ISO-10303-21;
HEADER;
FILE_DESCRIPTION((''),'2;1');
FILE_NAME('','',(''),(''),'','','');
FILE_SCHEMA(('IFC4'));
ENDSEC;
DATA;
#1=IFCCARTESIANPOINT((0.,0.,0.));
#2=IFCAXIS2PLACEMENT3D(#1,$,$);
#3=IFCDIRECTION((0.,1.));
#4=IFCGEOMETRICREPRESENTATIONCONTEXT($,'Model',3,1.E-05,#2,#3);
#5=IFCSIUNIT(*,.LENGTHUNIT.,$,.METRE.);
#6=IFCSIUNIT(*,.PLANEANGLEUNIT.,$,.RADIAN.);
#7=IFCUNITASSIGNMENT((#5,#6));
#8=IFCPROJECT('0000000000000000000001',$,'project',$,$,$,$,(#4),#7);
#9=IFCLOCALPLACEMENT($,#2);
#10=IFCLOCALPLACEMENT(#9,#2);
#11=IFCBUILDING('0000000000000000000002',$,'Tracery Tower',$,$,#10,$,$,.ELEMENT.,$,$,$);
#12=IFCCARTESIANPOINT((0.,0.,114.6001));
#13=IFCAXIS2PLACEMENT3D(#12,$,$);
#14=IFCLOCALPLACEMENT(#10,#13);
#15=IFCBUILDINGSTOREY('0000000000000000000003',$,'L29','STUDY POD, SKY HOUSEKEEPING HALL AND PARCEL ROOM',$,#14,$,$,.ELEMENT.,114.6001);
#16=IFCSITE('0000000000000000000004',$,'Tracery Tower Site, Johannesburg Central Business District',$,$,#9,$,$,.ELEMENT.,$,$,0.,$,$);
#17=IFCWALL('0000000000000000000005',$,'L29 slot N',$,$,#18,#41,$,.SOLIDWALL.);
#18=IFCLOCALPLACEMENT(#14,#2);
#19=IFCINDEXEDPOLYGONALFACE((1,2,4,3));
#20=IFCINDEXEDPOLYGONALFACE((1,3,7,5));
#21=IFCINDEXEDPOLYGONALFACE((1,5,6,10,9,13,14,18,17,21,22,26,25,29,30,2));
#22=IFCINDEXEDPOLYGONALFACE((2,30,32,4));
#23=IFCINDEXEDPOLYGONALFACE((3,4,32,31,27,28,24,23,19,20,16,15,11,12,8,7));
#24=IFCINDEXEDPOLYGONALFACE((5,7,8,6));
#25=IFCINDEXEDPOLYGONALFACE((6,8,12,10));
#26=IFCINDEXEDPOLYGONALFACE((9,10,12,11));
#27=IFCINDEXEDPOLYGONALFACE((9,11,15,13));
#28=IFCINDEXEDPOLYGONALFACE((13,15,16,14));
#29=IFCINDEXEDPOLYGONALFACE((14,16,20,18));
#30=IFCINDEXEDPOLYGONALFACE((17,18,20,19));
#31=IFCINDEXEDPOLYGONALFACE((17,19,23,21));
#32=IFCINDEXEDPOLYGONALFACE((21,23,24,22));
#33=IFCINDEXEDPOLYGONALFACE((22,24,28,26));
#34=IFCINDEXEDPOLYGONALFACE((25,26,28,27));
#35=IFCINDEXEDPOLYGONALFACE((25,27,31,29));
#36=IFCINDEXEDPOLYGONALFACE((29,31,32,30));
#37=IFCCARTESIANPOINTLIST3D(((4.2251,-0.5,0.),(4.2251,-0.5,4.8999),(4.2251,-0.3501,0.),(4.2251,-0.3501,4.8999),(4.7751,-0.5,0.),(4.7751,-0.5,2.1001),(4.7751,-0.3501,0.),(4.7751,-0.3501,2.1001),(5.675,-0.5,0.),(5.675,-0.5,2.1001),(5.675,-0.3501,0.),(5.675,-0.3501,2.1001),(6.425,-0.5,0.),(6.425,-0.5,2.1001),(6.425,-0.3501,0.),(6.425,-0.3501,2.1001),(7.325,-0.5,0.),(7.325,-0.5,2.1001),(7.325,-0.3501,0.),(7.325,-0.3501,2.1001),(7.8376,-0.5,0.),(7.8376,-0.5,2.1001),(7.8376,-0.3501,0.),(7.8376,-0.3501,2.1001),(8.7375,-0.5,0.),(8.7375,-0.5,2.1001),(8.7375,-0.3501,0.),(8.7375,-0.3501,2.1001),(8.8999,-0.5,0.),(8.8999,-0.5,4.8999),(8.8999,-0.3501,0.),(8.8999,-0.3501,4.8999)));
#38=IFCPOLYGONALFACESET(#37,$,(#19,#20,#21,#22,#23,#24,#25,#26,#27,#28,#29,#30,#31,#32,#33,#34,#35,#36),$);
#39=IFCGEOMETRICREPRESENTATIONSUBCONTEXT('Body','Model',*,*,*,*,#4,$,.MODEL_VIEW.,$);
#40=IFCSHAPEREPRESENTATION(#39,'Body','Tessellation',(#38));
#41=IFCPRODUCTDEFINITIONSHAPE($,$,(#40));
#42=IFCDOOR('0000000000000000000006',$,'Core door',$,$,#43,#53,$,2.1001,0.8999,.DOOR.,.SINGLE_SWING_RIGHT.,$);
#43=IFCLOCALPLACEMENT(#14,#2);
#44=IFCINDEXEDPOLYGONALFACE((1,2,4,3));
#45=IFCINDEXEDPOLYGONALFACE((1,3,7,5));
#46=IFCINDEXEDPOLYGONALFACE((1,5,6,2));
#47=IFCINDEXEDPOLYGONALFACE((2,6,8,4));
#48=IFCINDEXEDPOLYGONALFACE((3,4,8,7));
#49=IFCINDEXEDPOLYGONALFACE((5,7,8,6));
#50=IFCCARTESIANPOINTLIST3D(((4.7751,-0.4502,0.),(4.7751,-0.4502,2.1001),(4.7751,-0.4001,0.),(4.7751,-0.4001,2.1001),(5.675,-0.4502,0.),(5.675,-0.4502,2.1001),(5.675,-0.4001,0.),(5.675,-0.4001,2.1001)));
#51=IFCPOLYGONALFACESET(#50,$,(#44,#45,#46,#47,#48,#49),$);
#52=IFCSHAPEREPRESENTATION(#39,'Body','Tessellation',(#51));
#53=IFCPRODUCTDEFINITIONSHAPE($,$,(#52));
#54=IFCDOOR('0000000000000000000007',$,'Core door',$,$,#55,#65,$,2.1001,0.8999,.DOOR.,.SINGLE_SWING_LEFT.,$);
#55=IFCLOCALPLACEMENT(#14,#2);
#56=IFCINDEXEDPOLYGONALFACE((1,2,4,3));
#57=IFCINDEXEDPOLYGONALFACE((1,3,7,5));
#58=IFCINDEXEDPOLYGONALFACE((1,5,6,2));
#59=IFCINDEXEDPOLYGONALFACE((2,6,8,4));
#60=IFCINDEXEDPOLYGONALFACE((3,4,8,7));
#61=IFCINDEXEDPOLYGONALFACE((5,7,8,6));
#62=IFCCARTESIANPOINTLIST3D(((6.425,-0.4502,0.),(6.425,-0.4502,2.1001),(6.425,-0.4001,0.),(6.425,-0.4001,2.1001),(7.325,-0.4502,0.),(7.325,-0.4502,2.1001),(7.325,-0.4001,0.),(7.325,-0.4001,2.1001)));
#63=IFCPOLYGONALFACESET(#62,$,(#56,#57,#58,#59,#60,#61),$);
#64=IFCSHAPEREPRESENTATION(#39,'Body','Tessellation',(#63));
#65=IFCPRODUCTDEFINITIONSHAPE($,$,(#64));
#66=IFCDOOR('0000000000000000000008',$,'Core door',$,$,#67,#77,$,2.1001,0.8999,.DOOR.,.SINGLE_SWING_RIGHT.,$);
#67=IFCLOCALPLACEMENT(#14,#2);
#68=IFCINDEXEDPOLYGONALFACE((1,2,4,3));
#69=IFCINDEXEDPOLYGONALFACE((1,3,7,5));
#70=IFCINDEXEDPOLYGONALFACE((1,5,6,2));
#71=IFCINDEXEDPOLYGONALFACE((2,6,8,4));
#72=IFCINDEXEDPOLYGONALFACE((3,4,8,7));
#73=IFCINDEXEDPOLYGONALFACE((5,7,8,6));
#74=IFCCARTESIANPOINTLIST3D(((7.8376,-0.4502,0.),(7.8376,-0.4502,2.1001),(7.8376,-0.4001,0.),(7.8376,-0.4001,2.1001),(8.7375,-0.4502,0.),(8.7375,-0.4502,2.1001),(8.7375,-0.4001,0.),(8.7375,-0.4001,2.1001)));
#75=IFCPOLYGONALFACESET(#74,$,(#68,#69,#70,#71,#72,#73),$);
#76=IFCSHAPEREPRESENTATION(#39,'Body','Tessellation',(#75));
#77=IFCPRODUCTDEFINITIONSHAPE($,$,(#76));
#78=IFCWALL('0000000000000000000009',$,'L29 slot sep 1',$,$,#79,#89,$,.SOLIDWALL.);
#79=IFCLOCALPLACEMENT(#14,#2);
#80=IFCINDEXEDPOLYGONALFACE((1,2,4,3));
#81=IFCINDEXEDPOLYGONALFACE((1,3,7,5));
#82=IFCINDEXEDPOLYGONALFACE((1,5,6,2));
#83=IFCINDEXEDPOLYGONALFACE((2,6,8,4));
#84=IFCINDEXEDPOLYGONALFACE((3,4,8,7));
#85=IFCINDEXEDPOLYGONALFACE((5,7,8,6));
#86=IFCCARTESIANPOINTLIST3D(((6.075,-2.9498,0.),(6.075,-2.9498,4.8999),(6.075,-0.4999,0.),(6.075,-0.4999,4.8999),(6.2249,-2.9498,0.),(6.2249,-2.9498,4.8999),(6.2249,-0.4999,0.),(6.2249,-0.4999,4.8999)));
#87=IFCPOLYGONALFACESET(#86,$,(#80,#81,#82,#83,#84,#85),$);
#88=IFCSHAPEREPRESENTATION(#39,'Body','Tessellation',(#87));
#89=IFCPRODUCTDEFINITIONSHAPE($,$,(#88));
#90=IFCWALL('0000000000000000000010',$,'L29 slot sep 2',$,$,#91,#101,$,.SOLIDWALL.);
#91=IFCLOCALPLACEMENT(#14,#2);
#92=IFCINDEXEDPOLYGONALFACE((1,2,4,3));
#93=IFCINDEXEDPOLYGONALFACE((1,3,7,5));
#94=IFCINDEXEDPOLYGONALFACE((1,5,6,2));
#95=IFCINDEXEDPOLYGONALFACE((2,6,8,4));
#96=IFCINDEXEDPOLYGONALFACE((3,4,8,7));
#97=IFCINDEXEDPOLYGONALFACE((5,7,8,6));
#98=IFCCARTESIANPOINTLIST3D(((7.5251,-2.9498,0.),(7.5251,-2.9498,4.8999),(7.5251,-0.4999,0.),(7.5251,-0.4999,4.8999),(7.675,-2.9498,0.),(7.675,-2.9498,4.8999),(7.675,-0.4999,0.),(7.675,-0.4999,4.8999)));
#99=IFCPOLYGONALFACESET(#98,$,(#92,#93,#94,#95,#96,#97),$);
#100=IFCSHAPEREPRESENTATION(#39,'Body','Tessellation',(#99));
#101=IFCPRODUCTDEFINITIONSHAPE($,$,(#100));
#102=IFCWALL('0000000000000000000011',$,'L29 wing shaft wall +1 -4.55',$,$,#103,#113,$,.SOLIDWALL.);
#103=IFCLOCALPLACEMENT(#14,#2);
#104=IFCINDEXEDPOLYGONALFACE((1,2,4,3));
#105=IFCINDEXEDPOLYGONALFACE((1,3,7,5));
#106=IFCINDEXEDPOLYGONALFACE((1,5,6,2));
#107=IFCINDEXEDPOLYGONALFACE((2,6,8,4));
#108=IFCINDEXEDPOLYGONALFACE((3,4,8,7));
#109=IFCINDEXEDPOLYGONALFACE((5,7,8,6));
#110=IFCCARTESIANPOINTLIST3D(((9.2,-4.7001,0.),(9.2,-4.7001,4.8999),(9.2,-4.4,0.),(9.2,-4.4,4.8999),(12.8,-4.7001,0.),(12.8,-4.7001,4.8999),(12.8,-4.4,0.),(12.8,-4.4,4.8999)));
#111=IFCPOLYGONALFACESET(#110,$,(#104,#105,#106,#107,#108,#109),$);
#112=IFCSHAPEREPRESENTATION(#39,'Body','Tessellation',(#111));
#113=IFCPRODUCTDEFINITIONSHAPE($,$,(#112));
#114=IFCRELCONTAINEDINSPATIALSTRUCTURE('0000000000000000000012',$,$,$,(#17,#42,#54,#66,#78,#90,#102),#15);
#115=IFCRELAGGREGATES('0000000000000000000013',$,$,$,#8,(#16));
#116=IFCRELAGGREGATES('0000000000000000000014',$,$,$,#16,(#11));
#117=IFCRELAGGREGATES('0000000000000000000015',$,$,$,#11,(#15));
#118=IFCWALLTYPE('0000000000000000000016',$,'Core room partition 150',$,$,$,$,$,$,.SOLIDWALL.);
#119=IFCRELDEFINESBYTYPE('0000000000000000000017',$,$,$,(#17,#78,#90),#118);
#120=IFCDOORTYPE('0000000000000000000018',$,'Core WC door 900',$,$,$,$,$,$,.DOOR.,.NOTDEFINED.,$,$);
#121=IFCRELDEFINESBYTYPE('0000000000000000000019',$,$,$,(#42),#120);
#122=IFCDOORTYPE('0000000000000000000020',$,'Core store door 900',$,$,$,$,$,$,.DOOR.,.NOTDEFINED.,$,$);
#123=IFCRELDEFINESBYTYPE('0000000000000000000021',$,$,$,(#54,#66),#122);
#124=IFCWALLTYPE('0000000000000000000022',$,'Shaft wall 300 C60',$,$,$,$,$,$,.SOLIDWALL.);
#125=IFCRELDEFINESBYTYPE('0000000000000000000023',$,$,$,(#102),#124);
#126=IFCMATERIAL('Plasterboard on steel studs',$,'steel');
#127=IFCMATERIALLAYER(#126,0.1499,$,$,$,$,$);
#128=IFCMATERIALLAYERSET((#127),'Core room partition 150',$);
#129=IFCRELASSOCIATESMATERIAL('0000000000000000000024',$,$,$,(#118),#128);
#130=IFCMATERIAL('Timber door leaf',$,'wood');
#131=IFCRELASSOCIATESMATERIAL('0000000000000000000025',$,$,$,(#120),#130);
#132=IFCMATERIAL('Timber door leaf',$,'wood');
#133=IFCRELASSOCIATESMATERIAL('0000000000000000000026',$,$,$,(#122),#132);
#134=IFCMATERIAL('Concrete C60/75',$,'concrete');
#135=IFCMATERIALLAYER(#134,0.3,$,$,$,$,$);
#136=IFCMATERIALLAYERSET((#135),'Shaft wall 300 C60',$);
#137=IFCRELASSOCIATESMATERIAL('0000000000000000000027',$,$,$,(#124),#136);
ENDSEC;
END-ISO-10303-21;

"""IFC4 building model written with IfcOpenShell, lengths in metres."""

from ifc_helpers import new_model, si_unit, direction, frame, frame_2d, origin, place, context, subcontext, project, spatial, rectangle, extrude, material, layer, layer_set, type_object, element, fill, save


model = new_model("IFC4")

# Units and contexts
model_context = context("Model", 3, precision=1e-05, world=origin(), true_north=direction((0.0, 1.0)))
body_context = subcontext(model_context, "Body", "Model", "MODEL_VIEW")
ifc_project = project(units=[si_unit("LENGTHUNIT", "METRE"), si_unit("PLANEANGLEUNIT", "RADIAN")], contexts=[model_context])

# Site, building, storey
site_placement = place(None, origin())
site = spatial("IfcSite", under=ifc_project, at=site_placement, Name="Tracery Tower Site, Johannesburg Central Business District", CompositionType="ELEMENT", RefElevation=0.0)
building_placement = place(site_placement, origin())
building = spatial("IfcBuilding", under=site, at=building_placement, Name="Tracery Tower", CompositionType="ELEMENT")
storey_placement = place(building_placement, frame((0.0, 0.0, 114.6001)))
storey = spatial("IfcBuildingStorey", under=building, at=storey_placement, Name="L29", Description="STUDY POD, SKY HOUSEKEEPING HALL AND PARCEL ROOM", CompositionType="ELEMENT", Elevation=114.6001)

# Shared definitions
ifc_material_1 = material(Name="Plasterboard on steel studs", Category="steel")
ifc_layer_1 = layer(ifc_material_1, 0.1499)
ifc_layer_set_1 = layer_set([ifc_layer_1], Name="Core room partition 150")
wall_type_1 = type_object("IfcWallType", Name="Core room partition 150", PredefinedType="SOLIDWALL", material=ifc_layer_set_1)

# Wall, openings, doors
wall_1_placement = place(storey_placement, frame((4.2251, -0.425, 0.0), z_axis=(0.0, 0.0, 1.0), x_axis=(1.0, 0.0, 0.0)))
wall_1 = element("IfcWall", 1, at=wall_1_placement, inside=storey, type_object=wall_type_1, Name="L29 slot N", PredefinedType="SOLIDWALL", context=body_context, shape_type="SweptSolid", body=[
    extrude(rectangle(XDim=4.6748, YDim=0.1499, at=frame_2d((2.3374, 0.0))), origin(), (0.0, 0.0, 1.0), 4.8999),
])
opening_1_placement = place(wall_1_placement, frame((0.55, 0.0, 0.0)))
opening_1 = element("IfcOpeningElement", 2, at=opening_1_placement, cuts=wall_1, PredefinedType="OPENING", context=body_context, shape_type="SweptSolid", body=[
    extrude(rectangle(XDim=0.8999, YDim=2.1001, at=frame_2d((0.45, 1.05))), frame((0.0, 0.075, 0.0), z_axis=(0.0, -1.0, 0.0), x_axis=(1.0, 0.0, 0.0)), (0.0, 0.0, 1.0), 0.1499),
])
opening_2_placement = place(wall_1_placement, frame((2.2, 0.0, 0.0)))
opening_2 = element("IfcOpeningElement", 3, at=opening_2_placement, cuts=wall_1, PredefinedType="OPENING", context=body_context, shape_type="SweptSolid", body=[
    extrude(rectangle(XDim=0.8999, YDim=2.1001, at=frame_2d((0.45, 1.05))), frame((0.0, 0.075, 0.0), z_axis=(0.0, -1.0, 0.0), x_axis=(1.0, 0.0, 0.0)), (0.0, 0.0, 1.0), 0.1499),
])
opening_3_placement = place(wall_1_placement, frame((3.6125, 0.0, 0.0)))
opening_3 = element("IfcOpeningElement", 4, at=opening_3_placement, cuts=wall_1, PredefinedType="OPENING", context=body_context, shape_type="SweptSolid", body=[
    extrude(rectangle(XDim=0.8999, YDim=2.1001, at=frame_2d((0.45, 1.05))), frame((0.0, 0.075, 0.0), z_axis=(0.0, -1.0, 0.0), x_axis=(1.0, 0.0, 0.0)), (0.0, 0.0, 1.0), 0.1499),
])
ifc_material_2 = material(Name="Timber door leaf", Category="wood")
door_type_1 = type_object("IfcDoorType", Name="Core WC door 900", OperationType="NOTDEFINED", PredefinedType="DOOR", material=ifc_material_2)
door_1_placement = place(opening_1_placement, origin())
door_1 = element("IfcDoor", 5, at=door_1_placement, inside=storey, type_object=door_type_1, Name="Core door", OperationType="SINGLE_SWING_RIGHT", OverallHeight=2.1001, OverallWidth=0.8999, PredefinedType="DOOR", context=body_context, shape_type="SweptSolid", body=[
    extrude(rectangle(XDim=0.8999, YDim=2.1001, at=frame_2d((0.45, 1.05))), frame((0.0, 0.0249, 0.0), z_axis=(0.0, -1.0, 0.0), x_axis=(1.0, 0.0, 0.0)), (0.0, 0.0, 1.0), 0.05),
])
fill(opening_1, door_1)
ifc_material_3 = material(Name="Timber door leaf", Category="wood")
door_type_2 = type_object("IfcDoorType", Name="Core store door 900", OperationType="NOTDEFINED", PredefinedType="DOOR", material=ifc_material_3)
door_2_placement = place(opening_2_placement, origin())
door_2 = element("IfcDoor", 6, at=door_2_placement, inside=storey, type_object=door_type_2, Name="Core door", OperationType="SINGLE_SWING_LEFT", OverallHeight=2.1001, OverallWidth=0.8999, PredefinedType="DOOR", context=body_context, shape_type="SweptSolid", body=[
    extrude(rectangle(XDim=0.8999, YDim=2.1001, at=frame_2d((0.45, 1.05))), frame((0.0, 0.0249, 0.0), z_axis=(0.0, -1.0, 0.0), x_axis=(1.0, 0.0, 0.0)), (0.0, 0.0, 1.0), 0.05),
])
fill(opening_2, door_2)
door_3_placement = place(opening_3_placement, origin())
door_3 = element("IfcDoor", 7, at=door_3_placement, inside=storey, type_object=door_type_2, Name="Core door", OperationType="SINGLE_SWING_RIGHT", OverallHeight=2.1001, OverallWidth=0.8999, PredefinedType="DOOR", context=body_context, shape_type="SweptSolid", body=[
    extrude(rectangle(XDim=0.8999, YDim=2.1001, at=frame_2d((0.45, 1.05))), frame((0.0, 0.0249, 0.0), z_axis=(0.0, -1.0, 0.0), x_axis=(1.0, 0.0, 0.0)), (0.0, 0.0, 1.0), 0.05),
])
fill(opening_3, door_3)

# Walls
for number, where, z_axis, x_axis, name in (
    (8, (6.1499, -2.95, 0.0), (0.0, 0.0, 1.0), (0.0, 1.0, 0.0), "L29 slot sep 1"),
    (9, (7.6001, -2.95, 0.0), (0.0, 0.0, 1.0), (0.0, 1.0, 0.0), "L29 slot sep 2"),
):
    element("IfcWall", number, at=place(storey_placement, frame(where, z_axis=z_axis, x_axis=x_axis)), inside=storey, type_object=wall_type_1, Name=name, PredefinedType="SOLIDWALL", context=body_context, shape_type="SweptSolid", body=[
        extrude(rectangle(XDim=2.45, YDim=0.1499, at=frame_2d((1.2251, 0.0))), origin(), (0.0, 0.0, 1.0), 4.8999),
    ])
ifc_material_4 = material(Name="Concrete C60/75", Category="concrete")
ifc_layer_2 = layer(ifc_material_4, 0.3)
ifc_layer_set_2 = layer_set([ifc_layer_2], Name="Shaft wall 300 C60")
wall_type_2 = type_object("IfcWallType", Name="Shaft wall 300 C60", PredefinedType="SOLIDWALL", material=ifc_layer_set_2)
wall_2_placement = place(storey_placement, frame((9.2, -4.55, 0.0), z_axis=(0.0, 0.0, 1.0), x_axis=(1.0, 0.0, 0.0)))
element("IfcWall", 10, at=wall_2_placement, inside=storey, type_object=wall_type_2, Name="L29 wing shaft wall +1 -4.55", PredefinedType="SOLIDWALL", context=body_context, shape_type="SweptSolid", body=[
    extrude(rectangle(XDim=3.6001, YDim=0.3, at=frame_2d((1.8, 0.0))), origin(), (0.0, 0.0, 1.0), 4.8999),
])

save(model, "model.ifc")
